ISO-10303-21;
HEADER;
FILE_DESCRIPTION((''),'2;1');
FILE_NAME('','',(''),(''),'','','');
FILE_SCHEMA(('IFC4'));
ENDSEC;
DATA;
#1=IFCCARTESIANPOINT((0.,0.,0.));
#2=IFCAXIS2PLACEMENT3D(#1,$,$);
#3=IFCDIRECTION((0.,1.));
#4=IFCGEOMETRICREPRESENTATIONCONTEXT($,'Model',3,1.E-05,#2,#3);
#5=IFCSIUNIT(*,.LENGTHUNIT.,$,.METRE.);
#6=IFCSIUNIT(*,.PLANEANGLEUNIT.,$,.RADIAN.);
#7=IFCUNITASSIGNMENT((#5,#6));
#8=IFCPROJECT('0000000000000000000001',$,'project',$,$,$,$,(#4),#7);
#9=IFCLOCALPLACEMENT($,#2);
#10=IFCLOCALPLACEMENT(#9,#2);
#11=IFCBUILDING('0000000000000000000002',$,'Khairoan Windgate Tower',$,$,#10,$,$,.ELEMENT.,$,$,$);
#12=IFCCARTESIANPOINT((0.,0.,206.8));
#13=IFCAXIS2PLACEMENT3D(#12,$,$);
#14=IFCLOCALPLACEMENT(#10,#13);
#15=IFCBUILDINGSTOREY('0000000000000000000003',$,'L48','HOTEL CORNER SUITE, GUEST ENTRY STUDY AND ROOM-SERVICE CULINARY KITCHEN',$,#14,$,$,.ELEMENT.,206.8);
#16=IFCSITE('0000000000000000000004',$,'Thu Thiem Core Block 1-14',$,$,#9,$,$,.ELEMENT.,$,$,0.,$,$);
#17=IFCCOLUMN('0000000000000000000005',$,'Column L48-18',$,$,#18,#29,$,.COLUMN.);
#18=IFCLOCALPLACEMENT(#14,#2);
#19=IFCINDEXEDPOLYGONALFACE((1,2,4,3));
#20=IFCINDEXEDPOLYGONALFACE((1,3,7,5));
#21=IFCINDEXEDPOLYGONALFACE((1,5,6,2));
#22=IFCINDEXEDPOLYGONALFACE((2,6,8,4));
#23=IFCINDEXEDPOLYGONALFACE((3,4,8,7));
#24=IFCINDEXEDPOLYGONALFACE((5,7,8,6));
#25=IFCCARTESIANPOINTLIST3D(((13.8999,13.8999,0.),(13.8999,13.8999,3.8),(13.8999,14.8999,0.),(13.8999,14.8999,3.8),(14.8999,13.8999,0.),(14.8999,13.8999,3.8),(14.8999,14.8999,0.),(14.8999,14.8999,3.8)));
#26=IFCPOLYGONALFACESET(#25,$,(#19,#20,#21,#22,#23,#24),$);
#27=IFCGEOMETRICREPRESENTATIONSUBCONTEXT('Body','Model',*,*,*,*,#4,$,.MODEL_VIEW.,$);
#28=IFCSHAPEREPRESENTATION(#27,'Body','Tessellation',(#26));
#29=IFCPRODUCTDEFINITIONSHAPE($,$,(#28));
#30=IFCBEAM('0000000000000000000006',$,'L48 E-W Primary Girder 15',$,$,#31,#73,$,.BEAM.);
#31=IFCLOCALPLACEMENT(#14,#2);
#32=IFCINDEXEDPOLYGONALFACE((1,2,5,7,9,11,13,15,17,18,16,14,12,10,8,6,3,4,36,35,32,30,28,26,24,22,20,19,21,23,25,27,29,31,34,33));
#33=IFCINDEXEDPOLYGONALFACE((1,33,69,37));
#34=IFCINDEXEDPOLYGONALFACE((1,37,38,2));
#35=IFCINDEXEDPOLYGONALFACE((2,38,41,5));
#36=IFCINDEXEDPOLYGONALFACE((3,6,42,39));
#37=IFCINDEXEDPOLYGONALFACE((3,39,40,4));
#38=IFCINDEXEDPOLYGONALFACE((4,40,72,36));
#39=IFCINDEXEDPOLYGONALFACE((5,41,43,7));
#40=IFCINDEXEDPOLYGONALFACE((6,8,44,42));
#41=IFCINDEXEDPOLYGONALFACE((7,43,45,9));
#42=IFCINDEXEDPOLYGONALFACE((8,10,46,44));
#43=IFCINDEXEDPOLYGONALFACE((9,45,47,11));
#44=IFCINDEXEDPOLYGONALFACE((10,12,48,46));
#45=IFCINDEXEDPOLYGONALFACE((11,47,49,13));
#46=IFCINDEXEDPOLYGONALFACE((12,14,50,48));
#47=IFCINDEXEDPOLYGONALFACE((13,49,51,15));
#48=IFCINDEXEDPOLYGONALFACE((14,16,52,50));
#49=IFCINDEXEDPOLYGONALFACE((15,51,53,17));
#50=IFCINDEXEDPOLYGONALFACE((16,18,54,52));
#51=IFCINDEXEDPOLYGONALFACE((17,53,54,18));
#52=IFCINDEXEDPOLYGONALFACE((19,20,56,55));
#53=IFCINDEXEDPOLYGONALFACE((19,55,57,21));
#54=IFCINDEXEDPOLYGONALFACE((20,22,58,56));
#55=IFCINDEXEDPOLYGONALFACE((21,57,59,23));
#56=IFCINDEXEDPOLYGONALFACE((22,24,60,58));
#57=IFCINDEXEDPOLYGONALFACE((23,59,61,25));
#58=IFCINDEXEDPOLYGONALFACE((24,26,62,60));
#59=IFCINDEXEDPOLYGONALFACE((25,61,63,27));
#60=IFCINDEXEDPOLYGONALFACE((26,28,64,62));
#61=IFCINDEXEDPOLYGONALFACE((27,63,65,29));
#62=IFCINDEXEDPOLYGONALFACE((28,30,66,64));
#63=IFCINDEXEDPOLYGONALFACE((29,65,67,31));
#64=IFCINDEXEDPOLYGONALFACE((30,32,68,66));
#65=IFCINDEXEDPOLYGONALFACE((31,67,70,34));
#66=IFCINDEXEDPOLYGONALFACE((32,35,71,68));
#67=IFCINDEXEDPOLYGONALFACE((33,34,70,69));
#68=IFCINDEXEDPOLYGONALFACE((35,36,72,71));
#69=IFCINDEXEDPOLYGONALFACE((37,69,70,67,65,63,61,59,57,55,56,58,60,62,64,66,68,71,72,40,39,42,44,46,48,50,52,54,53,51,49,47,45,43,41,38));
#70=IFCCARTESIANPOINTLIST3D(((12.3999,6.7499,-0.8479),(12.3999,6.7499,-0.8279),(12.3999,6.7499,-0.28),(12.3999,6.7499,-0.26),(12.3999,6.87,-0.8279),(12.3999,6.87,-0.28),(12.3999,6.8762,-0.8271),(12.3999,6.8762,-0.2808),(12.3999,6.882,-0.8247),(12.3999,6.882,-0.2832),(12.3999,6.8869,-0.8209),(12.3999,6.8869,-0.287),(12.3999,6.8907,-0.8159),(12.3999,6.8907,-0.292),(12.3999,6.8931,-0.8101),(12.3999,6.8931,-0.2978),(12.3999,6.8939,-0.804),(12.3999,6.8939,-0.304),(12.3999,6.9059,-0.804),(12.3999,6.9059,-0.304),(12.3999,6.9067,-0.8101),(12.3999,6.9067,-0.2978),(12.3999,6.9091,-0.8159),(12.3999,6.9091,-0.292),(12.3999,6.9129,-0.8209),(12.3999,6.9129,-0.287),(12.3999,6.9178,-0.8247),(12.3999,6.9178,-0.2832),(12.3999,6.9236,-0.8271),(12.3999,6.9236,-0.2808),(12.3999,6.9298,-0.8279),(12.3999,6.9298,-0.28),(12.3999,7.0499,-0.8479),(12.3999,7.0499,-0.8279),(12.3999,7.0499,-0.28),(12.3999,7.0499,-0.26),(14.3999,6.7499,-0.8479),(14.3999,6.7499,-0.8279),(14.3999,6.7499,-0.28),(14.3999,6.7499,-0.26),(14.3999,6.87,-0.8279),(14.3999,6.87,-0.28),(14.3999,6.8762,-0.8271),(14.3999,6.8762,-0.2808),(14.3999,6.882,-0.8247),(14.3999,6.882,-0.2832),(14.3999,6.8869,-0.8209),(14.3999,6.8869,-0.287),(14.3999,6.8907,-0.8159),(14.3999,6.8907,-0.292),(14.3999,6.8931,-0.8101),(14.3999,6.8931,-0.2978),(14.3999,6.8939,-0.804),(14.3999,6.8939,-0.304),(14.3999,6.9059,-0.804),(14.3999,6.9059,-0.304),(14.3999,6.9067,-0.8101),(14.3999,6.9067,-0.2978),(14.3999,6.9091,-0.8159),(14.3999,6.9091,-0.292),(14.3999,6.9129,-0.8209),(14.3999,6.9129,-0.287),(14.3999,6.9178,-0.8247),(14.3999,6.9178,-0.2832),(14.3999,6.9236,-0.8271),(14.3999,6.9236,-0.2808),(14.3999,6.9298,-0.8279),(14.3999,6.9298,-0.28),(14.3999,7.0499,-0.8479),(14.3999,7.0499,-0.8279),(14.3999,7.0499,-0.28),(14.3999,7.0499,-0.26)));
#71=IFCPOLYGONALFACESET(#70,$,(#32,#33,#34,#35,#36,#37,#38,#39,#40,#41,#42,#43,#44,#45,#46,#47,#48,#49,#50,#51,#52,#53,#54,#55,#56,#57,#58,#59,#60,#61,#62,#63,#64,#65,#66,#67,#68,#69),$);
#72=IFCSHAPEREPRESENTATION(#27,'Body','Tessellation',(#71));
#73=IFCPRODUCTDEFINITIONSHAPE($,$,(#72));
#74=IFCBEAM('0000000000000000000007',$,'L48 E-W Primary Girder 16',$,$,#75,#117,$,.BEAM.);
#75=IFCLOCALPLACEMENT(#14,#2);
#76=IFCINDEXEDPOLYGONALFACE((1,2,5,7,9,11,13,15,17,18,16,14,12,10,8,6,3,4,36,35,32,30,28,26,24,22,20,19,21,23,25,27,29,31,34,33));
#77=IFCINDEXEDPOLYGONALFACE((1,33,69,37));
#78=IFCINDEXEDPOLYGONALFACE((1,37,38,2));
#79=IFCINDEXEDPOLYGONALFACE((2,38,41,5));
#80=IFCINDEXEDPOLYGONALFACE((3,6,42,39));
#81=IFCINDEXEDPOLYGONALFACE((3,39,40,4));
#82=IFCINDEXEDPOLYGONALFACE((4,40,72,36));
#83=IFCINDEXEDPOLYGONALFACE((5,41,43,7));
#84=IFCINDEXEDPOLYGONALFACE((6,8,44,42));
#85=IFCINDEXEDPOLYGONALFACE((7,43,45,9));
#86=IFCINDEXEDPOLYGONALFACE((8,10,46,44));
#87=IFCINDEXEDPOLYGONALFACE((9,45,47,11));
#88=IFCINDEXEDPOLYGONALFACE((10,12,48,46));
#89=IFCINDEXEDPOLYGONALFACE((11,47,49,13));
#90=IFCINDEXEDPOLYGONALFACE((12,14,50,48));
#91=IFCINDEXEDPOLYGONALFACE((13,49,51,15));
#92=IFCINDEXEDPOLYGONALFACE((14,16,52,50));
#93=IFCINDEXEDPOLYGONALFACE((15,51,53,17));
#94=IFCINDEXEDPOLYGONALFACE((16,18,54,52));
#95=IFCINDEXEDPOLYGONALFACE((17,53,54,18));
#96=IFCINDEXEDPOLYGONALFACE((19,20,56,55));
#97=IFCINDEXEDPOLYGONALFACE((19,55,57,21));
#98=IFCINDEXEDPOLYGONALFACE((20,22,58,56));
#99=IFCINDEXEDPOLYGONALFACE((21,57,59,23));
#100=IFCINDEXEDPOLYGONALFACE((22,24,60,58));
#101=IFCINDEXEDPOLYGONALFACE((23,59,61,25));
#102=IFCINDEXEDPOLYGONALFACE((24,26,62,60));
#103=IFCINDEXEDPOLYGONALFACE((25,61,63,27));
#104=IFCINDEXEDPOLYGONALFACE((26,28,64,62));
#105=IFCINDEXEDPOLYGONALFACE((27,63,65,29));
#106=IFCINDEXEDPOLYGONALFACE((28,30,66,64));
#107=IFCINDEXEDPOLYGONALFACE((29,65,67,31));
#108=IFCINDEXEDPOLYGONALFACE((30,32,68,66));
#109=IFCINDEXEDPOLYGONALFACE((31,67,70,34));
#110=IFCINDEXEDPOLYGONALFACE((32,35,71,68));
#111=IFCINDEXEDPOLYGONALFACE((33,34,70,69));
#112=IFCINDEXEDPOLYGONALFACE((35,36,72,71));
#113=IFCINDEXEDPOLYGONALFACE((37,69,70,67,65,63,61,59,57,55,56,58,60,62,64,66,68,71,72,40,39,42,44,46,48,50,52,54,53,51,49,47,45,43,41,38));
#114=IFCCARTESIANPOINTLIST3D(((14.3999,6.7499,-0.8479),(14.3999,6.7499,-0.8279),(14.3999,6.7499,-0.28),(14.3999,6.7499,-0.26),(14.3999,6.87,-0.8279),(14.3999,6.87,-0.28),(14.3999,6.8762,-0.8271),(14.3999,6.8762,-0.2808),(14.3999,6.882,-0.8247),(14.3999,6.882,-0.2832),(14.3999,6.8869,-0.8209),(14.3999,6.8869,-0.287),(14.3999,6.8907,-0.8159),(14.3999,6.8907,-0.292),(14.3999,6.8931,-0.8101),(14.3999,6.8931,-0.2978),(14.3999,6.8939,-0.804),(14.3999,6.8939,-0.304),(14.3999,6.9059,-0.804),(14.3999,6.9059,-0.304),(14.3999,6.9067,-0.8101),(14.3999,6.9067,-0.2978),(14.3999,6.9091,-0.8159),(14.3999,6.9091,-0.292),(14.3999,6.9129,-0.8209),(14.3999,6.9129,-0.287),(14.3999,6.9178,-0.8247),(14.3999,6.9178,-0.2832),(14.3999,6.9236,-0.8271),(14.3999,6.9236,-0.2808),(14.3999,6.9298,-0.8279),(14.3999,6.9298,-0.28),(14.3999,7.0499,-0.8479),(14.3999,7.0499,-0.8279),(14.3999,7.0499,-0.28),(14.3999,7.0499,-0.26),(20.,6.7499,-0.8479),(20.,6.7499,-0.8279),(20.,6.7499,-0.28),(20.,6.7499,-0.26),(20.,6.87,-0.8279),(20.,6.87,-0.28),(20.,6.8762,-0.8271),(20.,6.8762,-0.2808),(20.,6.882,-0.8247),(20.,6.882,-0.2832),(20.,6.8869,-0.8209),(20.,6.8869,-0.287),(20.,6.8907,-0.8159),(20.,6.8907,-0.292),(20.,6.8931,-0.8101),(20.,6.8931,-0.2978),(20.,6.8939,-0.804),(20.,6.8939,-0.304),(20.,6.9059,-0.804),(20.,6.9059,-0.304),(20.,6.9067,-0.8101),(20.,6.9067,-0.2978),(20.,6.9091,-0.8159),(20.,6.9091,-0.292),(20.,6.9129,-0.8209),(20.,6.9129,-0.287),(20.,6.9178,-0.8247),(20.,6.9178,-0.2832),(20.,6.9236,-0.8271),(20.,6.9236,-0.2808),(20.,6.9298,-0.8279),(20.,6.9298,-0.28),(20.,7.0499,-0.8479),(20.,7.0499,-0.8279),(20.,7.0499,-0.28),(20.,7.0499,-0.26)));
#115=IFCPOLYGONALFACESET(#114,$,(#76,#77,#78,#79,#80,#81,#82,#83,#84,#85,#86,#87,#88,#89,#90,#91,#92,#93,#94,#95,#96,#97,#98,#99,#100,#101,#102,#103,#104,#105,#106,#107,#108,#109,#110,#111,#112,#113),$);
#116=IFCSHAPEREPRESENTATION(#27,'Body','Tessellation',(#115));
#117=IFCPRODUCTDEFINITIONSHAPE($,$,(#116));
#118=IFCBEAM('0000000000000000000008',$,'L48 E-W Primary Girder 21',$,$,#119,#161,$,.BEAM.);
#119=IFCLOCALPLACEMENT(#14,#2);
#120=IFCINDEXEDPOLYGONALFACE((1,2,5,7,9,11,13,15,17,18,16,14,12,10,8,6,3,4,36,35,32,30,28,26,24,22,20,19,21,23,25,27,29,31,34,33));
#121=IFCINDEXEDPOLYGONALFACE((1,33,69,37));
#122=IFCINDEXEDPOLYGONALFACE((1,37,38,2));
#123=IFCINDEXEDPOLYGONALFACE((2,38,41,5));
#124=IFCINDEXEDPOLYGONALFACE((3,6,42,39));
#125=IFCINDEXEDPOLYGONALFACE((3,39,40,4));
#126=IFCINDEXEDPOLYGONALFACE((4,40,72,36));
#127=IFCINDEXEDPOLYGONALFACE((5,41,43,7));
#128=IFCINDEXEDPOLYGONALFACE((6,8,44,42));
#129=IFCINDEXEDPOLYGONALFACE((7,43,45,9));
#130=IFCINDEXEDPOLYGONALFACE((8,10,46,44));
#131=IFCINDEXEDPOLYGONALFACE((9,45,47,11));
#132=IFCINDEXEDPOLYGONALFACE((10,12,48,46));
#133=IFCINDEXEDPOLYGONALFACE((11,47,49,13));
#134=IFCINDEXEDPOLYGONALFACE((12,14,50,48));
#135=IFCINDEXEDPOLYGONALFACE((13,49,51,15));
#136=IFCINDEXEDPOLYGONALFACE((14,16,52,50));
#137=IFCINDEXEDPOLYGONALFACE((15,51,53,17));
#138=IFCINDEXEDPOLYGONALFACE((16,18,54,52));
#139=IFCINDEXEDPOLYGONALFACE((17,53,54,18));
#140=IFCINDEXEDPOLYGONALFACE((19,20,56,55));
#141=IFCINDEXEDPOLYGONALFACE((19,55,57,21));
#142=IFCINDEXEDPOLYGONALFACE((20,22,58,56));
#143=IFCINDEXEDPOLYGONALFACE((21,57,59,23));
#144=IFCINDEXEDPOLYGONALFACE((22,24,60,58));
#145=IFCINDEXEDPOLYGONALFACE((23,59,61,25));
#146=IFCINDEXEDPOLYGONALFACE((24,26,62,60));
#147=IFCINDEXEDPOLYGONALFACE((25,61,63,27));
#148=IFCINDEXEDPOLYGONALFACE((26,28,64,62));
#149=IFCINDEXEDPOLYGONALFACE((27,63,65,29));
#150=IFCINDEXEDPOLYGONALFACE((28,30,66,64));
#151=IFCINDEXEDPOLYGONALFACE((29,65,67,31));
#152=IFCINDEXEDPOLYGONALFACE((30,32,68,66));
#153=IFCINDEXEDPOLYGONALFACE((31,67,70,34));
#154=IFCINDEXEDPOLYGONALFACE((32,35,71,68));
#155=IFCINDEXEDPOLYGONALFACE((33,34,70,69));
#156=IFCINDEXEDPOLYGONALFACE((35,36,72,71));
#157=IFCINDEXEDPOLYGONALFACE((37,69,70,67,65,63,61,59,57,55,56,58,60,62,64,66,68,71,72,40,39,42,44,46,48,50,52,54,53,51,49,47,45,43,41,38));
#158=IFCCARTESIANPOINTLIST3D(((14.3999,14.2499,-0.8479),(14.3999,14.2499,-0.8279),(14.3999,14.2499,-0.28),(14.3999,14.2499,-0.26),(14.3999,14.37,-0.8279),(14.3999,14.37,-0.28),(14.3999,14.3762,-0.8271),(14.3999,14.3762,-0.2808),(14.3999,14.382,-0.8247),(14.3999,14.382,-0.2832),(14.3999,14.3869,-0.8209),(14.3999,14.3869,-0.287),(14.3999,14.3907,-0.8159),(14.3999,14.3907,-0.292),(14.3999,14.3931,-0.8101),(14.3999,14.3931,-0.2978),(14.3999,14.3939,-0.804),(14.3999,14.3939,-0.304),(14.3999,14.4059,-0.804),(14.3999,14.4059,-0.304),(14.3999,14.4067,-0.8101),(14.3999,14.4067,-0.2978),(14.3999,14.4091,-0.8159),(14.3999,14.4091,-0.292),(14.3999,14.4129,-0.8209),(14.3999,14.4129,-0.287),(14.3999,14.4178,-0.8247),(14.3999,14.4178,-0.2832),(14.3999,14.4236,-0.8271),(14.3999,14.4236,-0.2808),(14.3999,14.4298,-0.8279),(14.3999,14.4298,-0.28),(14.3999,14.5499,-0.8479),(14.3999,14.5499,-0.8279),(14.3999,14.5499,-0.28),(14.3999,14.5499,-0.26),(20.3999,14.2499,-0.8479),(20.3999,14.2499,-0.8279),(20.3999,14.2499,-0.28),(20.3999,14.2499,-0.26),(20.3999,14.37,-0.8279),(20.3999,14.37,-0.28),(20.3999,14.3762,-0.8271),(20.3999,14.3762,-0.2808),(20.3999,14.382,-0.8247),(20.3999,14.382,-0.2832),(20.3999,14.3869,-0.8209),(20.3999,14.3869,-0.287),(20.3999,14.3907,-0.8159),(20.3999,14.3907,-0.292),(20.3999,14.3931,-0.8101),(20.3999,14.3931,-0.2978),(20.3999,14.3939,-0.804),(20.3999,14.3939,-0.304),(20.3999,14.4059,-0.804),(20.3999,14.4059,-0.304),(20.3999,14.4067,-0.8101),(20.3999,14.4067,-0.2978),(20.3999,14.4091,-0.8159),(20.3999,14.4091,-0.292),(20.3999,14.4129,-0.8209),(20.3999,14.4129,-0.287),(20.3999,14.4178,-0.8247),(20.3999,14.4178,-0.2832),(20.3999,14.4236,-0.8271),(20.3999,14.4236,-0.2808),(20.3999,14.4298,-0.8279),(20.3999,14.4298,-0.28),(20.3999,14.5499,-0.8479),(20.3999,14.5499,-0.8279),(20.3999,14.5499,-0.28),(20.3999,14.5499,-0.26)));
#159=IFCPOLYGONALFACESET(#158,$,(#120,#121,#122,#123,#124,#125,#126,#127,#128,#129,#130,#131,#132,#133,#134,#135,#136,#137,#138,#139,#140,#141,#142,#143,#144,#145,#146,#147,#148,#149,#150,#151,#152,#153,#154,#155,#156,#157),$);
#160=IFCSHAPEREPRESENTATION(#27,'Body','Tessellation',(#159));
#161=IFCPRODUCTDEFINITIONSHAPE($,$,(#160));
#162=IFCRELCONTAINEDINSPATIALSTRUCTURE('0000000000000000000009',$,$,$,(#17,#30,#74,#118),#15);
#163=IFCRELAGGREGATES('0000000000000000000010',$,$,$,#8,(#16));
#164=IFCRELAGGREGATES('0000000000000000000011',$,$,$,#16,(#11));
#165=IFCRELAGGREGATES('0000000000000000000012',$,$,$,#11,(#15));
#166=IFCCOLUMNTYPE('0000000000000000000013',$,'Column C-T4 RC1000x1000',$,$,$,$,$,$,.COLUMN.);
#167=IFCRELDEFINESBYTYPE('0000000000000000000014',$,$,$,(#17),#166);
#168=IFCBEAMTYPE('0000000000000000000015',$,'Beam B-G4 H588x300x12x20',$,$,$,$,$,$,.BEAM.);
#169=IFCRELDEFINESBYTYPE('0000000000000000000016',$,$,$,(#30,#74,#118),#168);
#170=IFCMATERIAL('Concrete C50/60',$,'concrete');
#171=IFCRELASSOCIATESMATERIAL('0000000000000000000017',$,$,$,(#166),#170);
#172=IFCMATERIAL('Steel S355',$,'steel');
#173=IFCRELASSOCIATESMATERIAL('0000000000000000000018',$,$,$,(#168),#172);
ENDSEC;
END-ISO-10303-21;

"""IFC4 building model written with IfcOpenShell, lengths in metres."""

from ifc_helpers import new_model, si_unit, direction, frame, origin, origin_2d, place, context, subcontext, project, spatial, rectangle, i_section, extrude, material, material_profile, profile_set, type_object, element, save


model = new_model("IFC4")

# Units and contexts
model_context = context("Model", 3, precision=1e-05, world=origin(), true_north=direction((0.0, 1.0)))
body_context = subcontext(model_context, "Body", "Model", "MODEL_VIEW")
ifc_project = project(units=[si_unit("LENGTHUNIT", "METRE"), si_unit("PLANEANGLEUNIT", "RADIAN")], contexts=[model_context])

# Site, building, storey
site_placement = place(None, origin())
site = spatial("IfcSite", under=ifc_project, at=site_placement, Name="Thu Thiem Core Block 1-14", CompositionType="ELEMENT", RefElevation=0.0)
building_placement = place(site_placement, origin())
building = spatial("IfcBuilding", under=site, at=building_placement, Name="Khairoan Windgate Tower", CompositionType="ELEMENT")
storey_placement = place(building_placement, frame((0.0, 0.0, 206.8)))
storey = spatial("IfcBuildingStorey", under=building, at=storey_placement, Name="L48", Description="HOTEL CORNER SUITE, GUEST ENTRY STUDY AND ROOM-SERVICE CULINARY KITCHEN", CompositionType="ELEMENT", Elevation=206.8)

# Column
ifc_material_1 = material(Name="Concrete C50/60", Category="concrete")
ifc_material_profile_1 = material_profile(ifc_material_1, rectangle(XDim=1.0, YDim=1.0, at=origin_2d()))
ifc_profile_set_1 = profile_set([ifc_material_profile_1], Name="Concrete C50/60")
column_type = type_object("IfcColumnType", Name="Column C-T4 RC1000x1000", PredefinedType="COLUMN", material=ifc_profile_set_1)
column_placement = place(storey_placement, frame((14.3999, 14.3999, 0.0), z_axis=(0.0, 0.0, 1.0), x_axis=(1.0, 0.0, 0.0)))
element("IfcColumn", 1, at=column_placement, inside=storey, type_object=column_type, Name="Column L48-18", PredefinedType="COLUMN", context=body_context, shape_type="SweptSolid", body=[
    extrude(rectangle(XDim=1.0, YDim=1.0, at=origin_2d()), origin(), (0.0, 0.0, 1.0), 3.8),
])

# Beams
ifc_material_2 = material(Name="Steel S355", Category="steel")
ifc_material_profile_2 = material_profile(ifc_material_2, i_section(OverallWidth=0.3, OverallDepth=0.5879, WebThickness=0.012, FlangeThickness=0.02, FilletRadius=0.0239, at=origin_2d()))
ifc_profile_set_2 = profile_set([ifc_material_profile_2], Name="Steel S355")
beam_type_1 = type_object("IfcBeamType", Name="Beam B-G4 H588x300x12x20", PredefinedType="BEAM", material=ifc_profile_set_2)
beam_1_placement = place(storey_placement, frame((12.3999, 6.8999, -0.554), z_axis=(1.0, 0.0, 0.0), x_axis=(0.0, 1.0, 0.0)))
element("IfcBeam", 2, at=beam_1_placement, inside=storey, type_object=beam_type_1, Name="L48 E-W Primary Girder 15", PredefinedType="BEAM", context=body_context, shape_type="SweptSolid", body=[
    extrude(i_section(OverallWidth=0.3, OverallDepth=0.5879, WebThickness=0.012, FlangeThickness=0.02, FilletRadius=0.0239, at=origin_2d()), origin(), (0.0, 0.0, 1.0), 2.0),
])
beam_2_placement = place(storey_placement, frame((14.3999, 6.8999, -0.554), z_axis=(1.0, 0.0, 0.0), x_axis=(0.0, 1.0, 0.0)))
element("IfcBeam", 3, at=beam_2_placement, inside=storey, type_object=beam_type_1, Name="L48 E-W Primary Girder 16", PredefinedType="BEAM", context=body_context, shape_type="SweptSolid", body=[
    extrude(i_section(OverallWidth=0.3, OverallDepth=0.5879, WebThickness=0.012, FlangeThickness=0.02, FilletRadius=0.0239, at=origin_2d()), origin(), (0.0, 0.0, 1.0), 5.6001),
])
beam_3_placement = place(storey_placement, frame((14.3999, 14.3999, -0.554), z_axis=(1.0, 0.0, 0.0), x_axis=(0.0, 1.0, 0.0)))
element("IfcBeam", 4, at=beam_3_placement, inside=storey, type_object=beam_type_1, Name="L48 E-W Primary Girder 21", PredefinedType="BEAM", context=body_context, shape_type="SweptSolid", body=[
    extrude(i_section(OverallWidth=0.3, OverallDepth=0.5879, WebThickness=0.012, FlangeThickness=0.02, FilletRadius=0.0239, at=origin_2d()), origin(), (0.0, 0.0, 1.0), 6.0),
])

save(model, "model.ifc")
